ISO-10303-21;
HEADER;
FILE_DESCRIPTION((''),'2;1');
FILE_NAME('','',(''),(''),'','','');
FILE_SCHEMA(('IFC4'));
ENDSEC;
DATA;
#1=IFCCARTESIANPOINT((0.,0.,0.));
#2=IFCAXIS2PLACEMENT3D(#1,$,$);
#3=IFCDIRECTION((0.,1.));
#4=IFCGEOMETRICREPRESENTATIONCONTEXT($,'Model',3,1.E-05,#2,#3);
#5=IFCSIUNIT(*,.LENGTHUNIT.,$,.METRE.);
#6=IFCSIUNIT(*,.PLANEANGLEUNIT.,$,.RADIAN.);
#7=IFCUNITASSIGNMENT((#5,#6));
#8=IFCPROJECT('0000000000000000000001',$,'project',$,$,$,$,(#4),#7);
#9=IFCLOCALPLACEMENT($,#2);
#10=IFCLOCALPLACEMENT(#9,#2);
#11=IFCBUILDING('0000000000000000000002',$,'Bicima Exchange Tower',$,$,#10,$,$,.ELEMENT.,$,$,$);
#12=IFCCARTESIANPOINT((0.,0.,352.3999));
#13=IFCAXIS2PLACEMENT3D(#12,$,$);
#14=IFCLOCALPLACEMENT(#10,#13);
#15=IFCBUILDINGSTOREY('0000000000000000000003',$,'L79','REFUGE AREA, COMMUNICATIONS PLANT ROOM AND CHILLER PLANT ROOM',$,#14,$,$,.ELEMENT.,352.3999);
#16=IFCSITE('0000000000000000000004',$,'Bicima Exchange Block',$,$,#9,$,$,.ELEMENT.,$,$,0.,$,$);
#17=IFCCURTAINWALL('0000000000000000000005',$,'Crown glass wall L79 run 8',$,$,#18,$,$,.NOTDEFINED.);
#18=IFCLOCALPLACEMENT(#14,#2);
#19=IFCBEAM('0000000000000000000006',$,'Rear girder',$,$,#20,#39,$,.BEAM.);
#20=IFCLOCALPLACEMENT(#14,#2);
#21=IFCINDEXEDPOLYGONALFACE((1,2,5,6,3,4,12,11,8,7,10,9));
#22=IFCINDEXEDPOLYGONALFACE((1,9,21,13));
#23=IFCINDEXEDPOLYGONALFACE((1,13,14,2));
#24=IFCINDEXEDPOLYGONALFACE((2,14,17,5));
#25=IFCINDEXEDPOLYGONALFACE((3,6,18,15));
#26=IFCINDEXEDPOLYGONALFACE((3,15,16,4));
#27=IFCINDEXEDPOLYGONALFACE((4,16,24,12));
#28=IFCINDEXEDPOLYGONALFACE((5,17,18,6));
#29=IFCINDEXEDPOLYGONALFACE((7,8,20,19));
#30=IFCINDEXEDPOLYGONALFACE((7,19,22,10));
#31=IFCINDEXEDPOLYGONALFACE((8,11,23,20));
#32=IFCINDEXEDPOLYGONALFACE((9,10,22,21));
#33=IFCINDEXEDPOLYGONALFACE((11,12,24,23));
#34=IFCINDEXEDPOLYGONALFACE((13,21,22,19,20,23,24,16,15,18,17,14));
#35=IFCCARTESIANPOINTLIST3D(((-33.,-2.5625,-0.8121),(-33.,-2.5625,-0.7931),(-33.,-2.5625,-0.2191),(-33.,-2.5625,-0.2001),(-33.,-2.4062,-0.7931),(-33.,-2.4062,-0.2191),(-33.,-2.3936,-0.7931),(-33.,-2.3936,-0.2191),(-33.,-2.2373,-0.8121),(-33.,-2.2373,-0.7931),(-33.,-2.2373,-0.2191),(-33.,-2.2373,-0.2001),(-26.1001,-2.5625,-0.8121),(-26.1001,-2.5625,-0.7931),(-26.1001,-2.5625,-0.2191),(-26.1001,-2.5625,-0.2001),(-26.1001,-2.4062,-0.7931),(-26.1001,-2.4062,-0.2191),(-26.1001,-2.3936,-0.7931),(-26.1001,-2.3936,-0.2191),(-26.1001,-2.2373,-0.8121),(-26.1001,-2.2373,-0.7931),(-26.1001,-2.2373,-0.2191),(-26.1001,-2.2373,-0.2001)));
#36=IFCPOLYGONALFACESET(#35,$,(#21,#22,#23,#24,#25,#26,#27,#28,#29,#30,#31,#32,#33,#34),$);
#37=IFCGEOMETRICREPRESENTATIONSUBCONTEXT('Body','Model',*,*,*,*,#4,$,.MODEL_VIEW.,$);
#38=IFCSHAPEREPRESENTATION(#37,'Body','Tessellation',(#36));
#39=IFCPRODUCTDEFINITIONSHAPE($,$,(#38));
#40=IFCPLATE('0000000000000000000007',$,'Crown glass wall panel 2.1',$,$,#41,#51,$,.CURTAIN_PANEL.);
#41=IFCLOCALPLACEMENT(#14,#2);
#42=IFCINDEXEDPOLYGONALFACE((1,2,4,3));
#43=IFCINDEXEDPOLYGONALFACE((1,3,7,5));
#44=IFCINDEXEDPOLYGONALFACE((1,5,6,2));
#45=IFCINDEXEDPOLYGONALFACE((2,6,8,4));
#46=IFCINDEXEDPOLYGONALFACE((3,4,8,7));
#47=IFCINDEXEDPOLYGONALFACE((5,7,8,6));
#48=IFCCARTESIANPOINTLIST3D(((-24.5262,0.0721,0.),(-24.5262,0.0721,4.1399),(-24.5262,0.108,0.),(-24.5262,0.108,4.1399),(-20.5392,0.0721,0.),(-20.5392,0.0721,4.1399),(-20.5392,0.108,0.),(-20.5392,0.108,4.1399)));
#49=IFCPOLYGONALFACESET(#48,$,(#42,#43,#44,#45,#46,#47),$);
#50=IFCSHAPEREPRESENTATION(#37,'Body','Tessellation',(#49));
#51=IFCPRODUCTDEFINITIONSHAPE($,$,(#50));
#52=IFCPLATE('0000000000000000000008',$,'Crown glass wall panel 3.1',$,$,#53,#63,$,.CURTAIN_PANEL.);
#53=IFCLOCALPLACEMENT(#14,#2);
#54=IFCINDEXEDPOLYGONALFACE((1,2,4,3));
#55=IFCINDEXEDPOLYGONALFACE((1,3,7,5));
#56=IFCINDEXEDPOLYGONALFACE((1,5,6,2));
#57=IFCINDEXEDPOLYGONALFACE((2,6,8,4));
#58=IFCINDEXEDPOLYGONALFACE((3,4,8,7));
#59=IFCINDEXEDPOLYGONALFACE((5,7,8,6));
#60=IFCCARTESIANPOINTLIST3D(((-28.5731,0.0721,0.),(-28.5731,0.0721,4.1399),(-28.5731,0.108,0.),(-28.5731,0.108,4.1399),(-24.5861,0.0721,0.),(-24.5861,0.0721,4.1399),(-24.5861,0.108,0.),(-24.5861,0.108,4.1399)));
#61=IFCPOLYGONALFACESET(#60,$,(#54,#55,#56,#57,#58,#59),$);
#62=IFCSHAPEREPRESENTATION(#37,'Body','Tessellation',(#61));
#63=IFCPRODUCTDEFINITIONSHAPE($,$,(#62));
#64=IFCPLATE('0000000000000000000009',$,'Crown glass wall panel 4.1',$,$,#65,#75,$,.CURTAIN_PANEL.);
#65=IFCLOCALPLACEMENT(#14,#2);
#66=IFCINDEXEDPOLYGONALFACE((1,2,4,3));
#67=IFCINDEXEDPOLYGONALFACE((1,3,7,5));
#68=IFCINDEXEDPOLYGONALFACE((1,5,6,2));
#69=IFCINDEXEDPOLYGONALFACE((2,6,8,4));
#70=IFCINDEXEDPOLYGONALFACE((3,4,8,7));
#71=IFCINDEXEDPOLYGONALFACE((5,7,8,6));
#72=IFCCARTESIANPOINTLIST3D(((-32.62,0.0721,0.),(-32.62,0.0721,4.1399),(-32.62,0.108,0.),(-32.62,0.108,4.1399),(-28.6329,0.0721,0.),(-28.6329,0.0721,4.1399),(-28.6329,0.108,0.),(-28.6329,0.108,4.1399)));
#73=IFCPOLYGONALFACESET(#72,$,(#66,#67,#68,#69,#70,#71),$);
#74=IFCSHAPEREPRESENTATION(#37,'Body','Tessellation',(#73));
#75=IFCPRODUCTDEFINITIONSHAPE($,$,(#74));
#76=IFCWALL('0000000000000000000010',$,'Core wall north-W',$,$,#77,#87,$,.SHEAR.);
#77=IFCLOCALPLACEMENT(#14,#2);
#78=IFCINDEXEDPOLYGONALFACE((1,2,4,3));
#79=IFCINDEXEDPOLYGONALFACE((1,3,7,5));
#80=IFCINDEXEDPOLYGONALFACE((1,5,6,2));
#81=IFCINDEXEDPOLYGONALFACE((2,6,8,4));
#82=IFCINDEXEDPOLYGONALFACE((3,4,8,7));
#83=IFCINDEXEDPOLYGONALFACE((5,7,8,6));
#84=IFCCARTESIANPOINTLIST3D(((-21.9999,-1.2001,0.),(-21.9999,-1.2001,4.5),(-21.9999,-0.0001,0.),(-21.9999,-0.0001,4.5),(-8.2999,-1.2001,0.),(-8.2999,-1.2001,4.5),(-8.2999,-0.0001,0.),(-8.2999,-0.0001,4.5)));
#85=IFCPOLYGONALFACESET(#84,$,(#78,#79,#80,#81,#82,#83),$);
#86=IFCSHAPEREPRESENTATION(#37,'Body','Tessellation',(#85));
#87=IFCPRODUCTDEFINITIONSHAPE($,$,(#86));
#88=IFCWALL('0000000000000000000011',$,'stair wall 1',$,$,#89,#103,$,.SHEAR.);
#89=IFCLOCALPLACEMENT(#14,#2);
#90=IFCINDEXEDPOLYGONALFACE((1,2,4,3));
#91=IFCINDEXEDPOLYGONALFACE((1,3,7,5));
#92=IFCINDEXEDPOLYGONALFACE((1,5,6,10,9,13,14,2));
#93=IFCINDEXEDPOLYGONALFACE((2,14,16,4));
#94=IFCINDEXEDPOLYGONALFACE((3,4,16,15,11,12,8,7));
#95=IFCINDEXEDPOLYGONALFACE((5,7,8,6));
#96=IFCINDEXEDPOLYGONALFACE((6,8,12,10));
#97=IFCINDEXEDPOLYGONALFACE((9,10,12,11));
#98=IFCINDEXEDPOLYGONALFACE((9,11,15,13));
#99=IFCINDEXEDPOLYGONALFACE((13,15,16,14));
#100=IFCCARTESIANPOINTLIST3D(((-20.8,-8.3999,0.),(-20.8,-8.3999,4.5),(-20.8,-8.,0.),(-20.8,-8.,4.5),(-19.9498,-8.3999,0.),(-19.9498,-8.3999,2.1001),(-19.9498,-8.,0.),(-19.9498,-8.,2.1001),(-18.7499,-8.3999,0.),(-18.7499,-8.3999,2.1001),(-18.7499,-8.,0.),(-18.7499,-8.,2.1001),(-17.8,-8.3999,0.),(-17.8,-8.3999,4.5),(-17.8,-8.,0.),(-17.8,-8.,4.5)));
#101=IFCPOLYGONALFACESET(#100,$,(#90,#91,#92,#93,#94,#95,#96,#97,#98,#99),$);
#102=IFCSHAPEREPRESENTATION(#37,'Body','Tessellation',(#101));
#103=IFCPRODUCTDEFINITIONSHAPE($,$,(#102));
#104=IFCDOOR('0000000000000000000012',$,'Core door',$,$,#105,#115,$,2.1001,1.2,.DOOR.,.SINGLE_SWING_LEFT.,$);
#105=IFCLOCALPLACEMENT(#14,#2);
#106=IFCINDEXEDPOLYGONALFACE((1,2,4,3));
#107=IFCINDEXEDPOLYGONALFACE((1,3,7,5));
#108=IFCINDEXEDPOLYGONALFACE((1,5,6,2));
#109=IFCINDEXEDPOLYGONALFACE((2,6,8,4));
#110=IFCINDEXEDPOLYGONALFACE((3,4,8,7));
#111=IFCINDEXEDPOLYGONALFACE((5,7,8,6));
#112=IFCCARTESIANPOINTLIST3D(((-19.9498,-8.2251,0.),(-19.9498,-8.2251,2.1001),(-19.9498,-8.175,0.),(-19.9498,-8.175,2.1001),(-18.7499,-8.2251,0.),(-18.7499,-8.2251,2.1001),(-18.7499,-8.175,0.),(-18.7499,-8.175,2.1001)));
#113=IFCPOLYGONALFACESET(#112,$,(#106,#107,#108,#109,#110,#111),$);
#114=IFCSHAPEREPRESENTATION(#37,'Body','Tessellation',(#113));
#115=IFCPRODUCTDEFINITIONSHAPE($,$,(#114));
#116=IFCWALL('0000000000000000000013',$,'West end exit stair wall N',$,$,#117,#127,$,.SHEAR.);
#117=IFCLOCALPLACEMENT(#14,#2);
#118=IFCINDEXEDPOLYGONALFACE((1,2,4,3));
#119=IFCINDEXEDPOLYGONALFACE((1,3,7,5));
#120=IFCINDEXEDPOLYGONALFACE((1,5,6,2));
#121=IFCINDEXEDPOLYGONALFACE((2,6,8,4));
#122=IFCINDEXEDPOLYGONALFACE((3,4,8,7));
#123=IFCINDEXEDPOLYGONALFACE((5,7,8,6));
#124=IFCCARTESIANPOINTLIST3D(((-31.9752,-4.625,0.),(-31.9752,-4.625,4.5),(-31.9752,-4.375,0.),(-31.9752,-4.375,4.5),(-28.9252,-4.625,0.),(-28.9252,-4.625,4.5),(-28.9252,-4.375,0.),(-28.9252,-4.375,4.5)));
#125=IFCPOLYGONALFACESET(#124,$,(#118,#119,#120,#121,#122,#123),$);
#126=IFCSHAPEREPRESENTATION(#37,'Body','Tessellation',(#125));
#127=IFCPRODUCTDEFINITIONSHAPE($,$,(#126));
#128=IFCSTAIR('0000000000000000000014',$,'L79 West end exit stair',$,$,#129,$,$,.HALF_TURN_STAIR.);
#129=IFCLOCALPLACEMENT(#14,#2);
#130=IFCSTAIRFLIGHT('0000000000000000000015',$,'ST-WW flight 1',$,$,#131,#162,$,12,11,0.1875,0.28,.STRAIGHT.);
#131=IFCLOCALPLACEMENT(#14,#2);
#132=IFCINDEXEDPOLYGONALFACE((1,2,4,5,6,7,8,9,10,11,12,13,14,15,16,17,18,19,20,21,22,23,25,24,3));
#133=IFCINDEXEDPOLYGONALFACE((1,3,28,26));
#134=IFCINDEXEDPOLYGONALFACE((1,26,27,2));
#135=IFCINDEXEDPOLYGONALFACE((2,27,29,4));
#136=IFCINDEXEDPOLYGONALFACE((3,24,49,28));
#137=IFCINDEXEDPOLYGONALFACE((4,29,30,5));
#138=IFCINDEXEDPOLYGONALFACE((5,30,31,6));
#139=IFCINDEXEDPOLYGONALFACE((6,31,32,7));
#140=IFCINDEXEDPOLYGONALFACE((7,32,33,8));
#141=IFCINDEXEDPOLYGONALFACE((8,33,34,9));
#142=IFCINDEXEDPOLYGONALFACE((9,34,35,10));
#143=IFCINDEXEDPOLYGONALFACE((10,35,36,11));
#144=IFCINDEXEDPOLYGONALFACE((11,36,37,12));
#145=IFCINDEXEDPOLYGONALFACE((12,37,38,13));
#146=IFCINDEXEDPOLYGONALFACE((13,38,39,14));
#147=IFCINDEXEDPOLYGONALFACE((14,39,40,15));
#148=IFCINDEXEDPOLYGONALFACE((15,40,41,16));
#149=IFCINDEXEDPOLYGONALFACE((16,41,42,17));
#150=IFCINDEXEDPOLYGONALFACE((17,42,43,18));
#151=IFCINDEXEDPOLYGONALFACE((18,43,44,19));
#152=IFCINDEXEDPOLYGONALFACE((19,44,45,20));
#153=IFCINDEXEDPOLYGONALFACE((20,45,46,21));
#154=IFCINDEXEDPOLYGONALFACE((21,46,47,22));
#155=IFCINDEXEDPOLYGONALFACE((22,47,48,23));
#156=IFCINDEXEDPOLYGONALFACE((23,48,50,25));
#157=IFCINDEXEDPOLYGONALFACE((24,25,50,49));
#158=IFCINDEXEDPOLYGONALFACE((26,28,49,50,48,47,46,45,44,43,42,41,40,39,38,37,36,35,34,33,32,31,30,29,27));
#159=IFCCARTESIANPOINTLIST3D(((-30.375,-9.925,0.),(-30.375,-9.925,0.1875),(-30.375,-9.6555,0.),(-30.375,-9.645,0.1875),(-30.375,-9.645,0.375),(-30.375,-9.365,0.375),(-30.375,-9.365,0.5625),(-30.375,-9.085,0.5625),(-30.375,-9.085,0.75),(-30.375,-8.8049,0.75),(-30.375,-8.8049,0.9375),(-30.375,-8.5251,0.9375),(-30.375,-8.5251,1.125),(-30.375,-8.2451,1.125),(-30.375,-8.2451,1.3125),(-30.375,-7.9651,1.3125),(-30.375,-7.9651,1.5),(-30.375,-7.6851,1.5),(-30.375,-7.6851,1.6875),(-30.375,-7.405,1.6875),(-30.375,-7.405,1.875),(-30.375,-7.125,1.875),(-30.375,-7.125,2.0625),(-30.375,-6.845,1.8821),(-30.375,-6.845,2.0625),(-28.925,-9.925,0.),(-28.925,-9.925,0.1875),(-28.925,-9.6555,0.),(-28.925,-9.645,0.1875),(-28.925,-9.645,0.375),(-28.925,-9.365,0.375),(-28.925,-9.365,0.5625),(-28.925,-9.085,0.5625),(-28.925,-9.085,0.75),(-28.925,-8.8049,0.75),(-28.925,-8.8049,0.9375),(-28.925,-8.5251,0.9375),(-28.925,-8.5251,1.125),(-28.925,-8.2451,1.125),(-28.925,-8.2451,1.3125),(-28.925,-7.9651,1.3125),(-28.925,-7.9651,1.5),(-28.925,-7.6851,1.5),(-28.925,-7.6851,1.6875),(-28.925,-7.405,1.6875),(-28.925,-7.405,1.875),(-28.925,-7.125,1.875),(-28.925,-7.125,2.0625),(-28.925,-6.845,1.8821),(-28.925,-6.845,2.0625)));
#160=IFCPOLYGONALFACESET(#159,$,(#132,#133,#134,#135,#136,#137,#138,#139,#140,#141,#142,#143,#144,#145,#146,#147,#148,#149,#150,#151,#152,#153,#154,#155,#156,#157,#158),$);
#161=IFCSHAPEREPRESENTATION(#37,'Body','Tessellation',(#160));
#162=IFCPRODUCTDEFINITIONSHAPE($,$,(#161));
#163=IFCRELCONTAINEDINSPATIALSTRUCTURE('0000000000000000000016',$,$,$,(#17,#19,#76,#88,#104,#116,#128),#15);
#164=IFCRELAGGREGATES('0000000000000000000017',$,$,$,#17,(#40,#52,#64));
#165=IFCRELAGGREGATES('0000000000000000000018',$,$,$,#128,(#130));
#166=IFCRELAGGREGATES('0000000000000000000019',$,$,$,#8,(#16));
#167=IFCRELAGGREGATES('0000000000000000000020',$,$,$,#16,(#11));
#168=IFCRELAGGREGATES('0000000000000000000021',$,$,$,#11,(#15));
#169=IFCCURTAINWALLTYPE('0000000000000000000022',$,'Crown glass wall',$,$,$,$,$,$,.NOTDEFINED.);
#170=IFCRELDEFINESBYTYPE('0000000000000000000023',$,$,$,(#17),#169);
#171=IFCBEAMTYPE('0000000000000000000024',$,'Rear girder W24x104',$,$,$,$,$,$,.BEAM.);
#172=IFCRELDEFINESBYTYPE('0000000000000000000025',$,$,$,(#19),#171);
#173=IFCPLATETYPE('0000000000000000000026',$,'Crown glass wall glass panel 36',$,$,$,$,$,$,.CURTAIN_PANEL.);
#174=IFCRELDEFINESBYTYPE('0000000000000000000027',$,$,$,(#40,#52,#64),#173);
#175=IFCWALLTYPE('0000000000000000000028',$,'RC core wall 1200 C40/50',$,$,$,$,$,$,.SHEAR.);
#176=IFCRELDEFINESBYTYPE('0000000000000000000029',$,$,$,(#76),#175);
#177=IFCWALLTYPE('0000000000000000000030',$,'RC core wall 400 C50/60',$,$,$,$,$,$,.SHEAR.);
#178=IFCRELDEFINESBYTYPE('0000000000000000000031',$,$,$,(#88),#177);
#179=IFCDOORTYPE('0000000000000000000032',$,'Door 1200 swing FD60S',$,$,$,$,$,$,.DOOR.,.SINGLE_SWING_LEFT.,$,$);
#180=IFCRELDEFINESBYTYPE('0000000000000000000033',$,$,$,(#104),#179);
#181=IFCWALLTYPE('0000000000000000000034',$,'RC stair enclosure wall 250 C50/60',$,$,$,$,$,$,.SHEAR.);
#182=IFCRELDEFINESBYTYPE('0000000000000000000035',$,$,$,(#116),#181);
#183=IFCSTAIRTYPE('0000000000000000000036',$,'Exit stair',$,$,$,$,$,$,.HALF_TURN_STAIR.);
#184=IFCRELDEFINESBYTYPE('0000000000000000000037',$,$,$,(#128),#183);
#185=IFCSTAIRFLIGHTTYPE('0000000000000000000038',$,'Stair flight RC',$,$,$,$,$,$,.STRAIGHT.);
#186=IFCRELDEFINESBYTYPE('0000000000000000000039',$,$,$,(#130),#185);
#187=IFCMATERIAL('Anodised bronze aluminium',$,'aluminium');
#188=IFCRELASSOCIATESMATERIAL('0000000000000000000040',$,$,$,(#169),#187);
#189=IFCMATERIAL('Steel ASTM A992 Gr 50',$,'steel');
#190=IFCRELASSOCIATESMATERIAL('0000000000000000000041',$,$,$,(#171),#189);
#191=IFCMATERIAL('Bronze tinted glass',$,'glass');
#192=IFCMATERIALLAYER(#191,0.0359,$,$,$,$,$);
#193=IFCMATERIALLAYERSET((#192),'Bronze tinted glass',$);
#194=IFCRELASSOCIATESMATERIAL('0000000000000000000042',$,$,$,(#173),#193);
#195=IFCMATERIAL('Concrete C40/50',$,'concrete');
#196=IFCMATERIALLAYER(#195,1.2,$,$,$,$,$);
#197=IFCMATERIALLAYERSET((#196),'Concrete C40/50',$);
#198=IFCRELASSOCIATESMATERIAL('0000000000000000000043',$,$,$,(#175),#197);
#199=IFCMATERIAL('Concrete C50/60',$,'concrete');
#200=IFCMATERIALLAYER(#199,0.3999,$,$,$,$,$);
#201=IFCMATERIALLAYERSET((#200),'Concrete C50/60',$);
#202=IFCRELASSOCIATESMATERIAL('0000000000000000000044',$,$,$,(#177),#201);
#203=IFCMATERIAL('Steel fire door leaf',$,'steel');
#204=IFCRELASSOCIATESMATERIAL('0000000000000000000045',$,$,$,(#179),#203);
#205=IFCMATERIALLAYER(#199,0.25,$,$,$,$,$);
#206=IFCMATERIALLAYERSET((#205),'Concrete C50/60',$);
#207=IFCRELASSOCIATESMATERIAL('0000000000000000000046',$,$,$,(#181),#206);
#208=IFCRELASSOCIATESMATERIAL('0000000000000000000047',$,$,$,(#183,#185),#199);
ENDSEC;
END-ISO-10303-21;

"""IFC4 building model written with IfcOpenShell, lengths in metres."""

from ifc_helpers import new_model, si_unit, direction, frame, frame_2d, origin, origin_2d, place, context, subcontext, project, spatial, polyline, rectangle, i_section, outline, extrude, material, layer, layer_set, material_profile, profile_set, type_object, element, fill, aggregate, save


model = new_model("IFC4")

# Units and contexts
model_context = context("Model", 3, precision=1e-05, world=origin(), true_north=direction((0.0, 1.0)))
body_context = subcontext(model_context, "Body", "Model", "MODEL_VIEW")
ifc_project = project(units=[si_unit("LENGTHUNIT", "METRE"), si_unit("PLANEANGLEUNIT", "RADIAN")], contexts=[model_context])

# Site, building, storey
site_placement = place(None, origin())
site = spatial("IfcSite", under=ifc_project, at=site_placement, Name="Bicima Exchange Block", CompositionType="ELEMENT", RefElevation=0.0)
building_placement = place(site_placement, origin())
building = spatial("IfcBuilding", under=site, at=building_placement, Name="Bicima Exchange Tower", CompositionType="ELEMENT")
storey_placement = place(building_placement, frame((0.0, 0.0, 352.3999)))
storey = spatial("IfcBuildingStorey", under=building, at=storey_placement, Name="L79", Description="REFUGE AREA, COMMUNICATIONS PLANT ROOM AND CHILLER PLANT ROOM", CompositionType="ELEMENT", Elevation=352.3999)

# Shared definitions
ifc_material_1 = material(Name="Steel ASTM A992 Gr 50", Category="steel")

# Curtain wall
ifc_material_2 = material(Name="Anodised bronze aluminium", Category="aluminium")
curtain_wall_type = type_object("IfcCurtainWallType", Name="Crown glass wall", PredefinedType="NOTDEFINED", material=ifc_material_2)
curtain_wall_placement = place(storey_placement, origin())
curtain_wall = element("IfcCurtainWall", 1, at=curtain_wall_placement, inside=storey, type_object=curtain_wall_type, Name="Crown glass wall L79 run 8", PredefinedType="NOTDEFINED")

# Beam
ifc_material_profile_1 = material_profile(ifc_material_1, i_section(OverallWidth=0.3252, OverallDepth=0.6121, WebThickness=0.0127, FlangeThickness=0.019, at=origin_2d()))
ifc_profile_set_1 = profile_set([ifc_material_profile_1], Name="Steel ASTM A992 Gr 50")
beam_type_1 = type_object("IfcBeamType", Name="Rear girder W24x104", PredefinedType="BEAM", material=ifc_profile_set_1)
beam_1_placement = place(storey_placement, frame((-26.1001, -2.3999, -0.5061), z_axis=(-1.0, 0.0, 0.0), x_axis=(0.0, -1.0, 0.0)))
element("IfcBeam", 2, at=beam_1_placement, inside=storey, type_object=beam_type_1, Name="Rear girder", PredefinedType="BEAM", context=body_context, shape_type="SweptSolid", body=[
    extrude(i_section(OverallWidth=0.3252, OverallDepth=0.6121, WebThickness=0.0127, FlangeThickness=0.019, at=origin_2d()), origin(), (0.0, 0.0, 1.0), 6.8999),
])

# Plates
ifc_material_3 = material(Name="Bronze tinted glass", Category="glass")
ifc_layer_1 = layer(ifc_material_3, 0.0359)
ifc_layer_set_1 = layer_set([ifc_layer_1], Name="Bronze tinted glass")
plate_type = type_object("IfcPlateType", Name="Crown glass wall glass panel 36", PredefinedType="CURTAIN_PANEL", material=ifc_layer_set_1)
plate_1_placement = place(storey_placement, frame((-22.5327, 0.0901, 0.0), z_axis=(0.0, 0.0, 1.0), x_axis=(-1.0, 0.0, 0.0)))
plate_1 = element("IfcPlate", 3, at=plate_1_placement, type_object=plate_type, Name="Crown glass wall panel 2.1", PredefinedType="CURTAIN_PANEL", context=body_context, shape_type="SweptSolid", body=[
    extrude(rectangle(XDim=3.9871, YDim=0.0359, at=origin_2d()), origin(), (0.0, 0.0, 1.0), 4.1399),
])
plate_2_placement = place(storey_placement, frame((-26.5796, 0.0901, 0.0), z_axis=(0.0, 0.0, 1.0), x_axis=(-1.0, 0.0, 0.0)))
plate_2 = element("IfcPlate", 4, at=plate_2_placement, type_object=plate_type, Name="Crown glass wall panel 3.1", PredefinedType="CURTAIN_PANEL", context=body_context, shape_type="SweptSolid", body=[
    extrude(rectangle(XDim=3.9871, YDim=0.0359, at=origin_2d()), origin(), (0.0, 0.0, 1.0), 4.1399),
])
plate_3_placement = place(storey_placement, frame((-30.6265, 0.0901, 0.0), z_axis=(0.0, 0.0, 1.0), x_axis=(-1.0, 0.0, 0.0)))
plate_3 = element("IfcPlate", 5, at=plate_3_placement, type_object=plate_type, Name="Crown glass wall panel 4.1", PredefinedType="CURTAIN_PANEL", context=body_context, shape_type="SweptSolid", body=[
    extrude(rectangle(XDim=3.9871, YDim=0.0359, at=origin_2d()), origin(), (0.0, 0.0, 1.0), 4.1399),
])
aggregate(curtain_wall, [plate_1, plate_2, plate_3])

# Wall
ifc_material_4 = material(Name="Concrete C40/50", Category="concrete")
ifc_layer_2 = layer(ifc_material_4, 1.2)
ifc_layer_set_2 = layer_set([ifc_layer_2], Name="Concrete C40/50")
wall_type_1 = type_object("IfcWallType", Name="RC core wall 1200 C40/50", PredefinedType="SHEAR", material=ifc_layer_set_2)
wall_1_placement = place(storey_placement, frame((-22.0, -0.6001, 0.0), z_axis=(0.0, 0.0, 1.0), x_axis=(1.0, 0.0, 0.0)))
element("IfcWall", 6, at=wall_1_placement, inside=storey, type_object=wall_type_1, Name="Core wall north-W", PredefinedType="SHEAR", context=body_context, shape_type="SweptSolid", body=[
    extrude(rectangle(XDim=13.7, YDim=1.2, at=frame_2d((6.8501, 0.0))), origin(), (0.0, 0.0, 1.0), 4.5),
])

# Wall, opening, door
ifc_material_5 = material(Name="Concrete C50/60", Category="concrete")
ifc_layer_3 = layer(ifc_material_5, 0.3999)
ifc_layer_set_3 = layer_set([ifc_layer_3], Name="Concrete C50/60")
wall_type_2 = type_object("IfcWallType", Name="RC core wall 400 C50/60", PredefinedType="SHEAR", material=ifc_layer_set_3)
wall_2_placement = place(storey_placement, frame((-20.8, -8.2, 0.0), z_axis=(0.0, 0.0, 1.0), x_axis=(1.0, 0.0, 0.0)))
wall_2 = element("IfcWall", 7, at=wall_2_placement, inside=storey, type_object=wall_type_2, Name="stair wall 1", PredefinedType="SHEAR", context=body_context, shape_type="SweptSolid", body=[
    extrude(rectangle(XDim=3.0, YDim=0.3999, at=frame_2d((1.5, 0.0))), origin(), (0.0, 0.0, 1.0), 4.5),
])
opening_placement = place(wall_2_placement, frame((0.8501, 0.0, 0.0)))
opening = element("IfcOpeningElement", 8, at=opening_placement, cuts=wall_2, PredefinedType="OPENING", context=body_context, shape_type="SweptSolid", body=[
    extrude(rectangle(XDim=1.2, YDim=2.1001, at=frame_2d((0.6001, 1.05))), frame((0.0, 0.2119, 0.0), z_axis=(0.0, -1.0, 0.0), x_axis=(1.0, 0.0, 0.0)), (0.0, 0.0, 1.0), 0.4238),
])
ifc_material_6 = material(Name="Steel fire door leaf", Category="steel")
door_type = type_object("IfcDoorType", Name="Door 1200 swing FD60S", OperationType="SINGLE_SWING_LEFT", PredefinedType="DOOR", material=ifc_material_6)
door_placement = place(opening_placement, origin())
door = element("IfcDoor", 9, at=door_placement, inside=storey, type_object=door_type, Name="Core door", OperationType="SINGLE_SWING_LEFT", OverallHeight=2.1001, OverallWidth=1.2, PredefinedType="DOOR", context=body_context, shape_type="SweptSolid", body=[
    extrude(rectangle(XDim=1.2, YDim=2.1001, at=frame_2d((0.6001, 1.05))), frame((0.0, 0.0249, 0.0), z_axis=(0.0, -1.0, 0.0), x_axis=(1.0, 0.0, 0.0)), (0.0, 0.0, 1.0), 0.05),
])
fill(opening, door)

# Wall
ifc_layer_4 = layer(ifc_material_5, 0.25)
ifc_layer_set_4 = layer_set([ifc_layer_4], Name="Concrete C50/60")
wall_type_3 = type_object("IfcWallType", Name="RC stair enclosure wall 250 C50/60", PredefinedType="SHEAR", material=ifc_layer_set_4)
wall_3_placement = place(storey_placement, frame((-31.9751, -4.5, 0.0), z_axis=(0.0, 0.0, 1.0), x_axis=(1.0, 0.0, 0.0)))
element("IfcWall", 10, at=wall_3_placement, inside=storey, type_object=wall_type_3, Name="West end exit stair wall N", PredefinedType="SHEAR", context=body_context, shape_type="SweptSolid", body=[
    extrude(rectangle(XDim=3.05, YDim=0.25, at=frame_2d((1.5249, 0.0))), origin(), (0.0, 0.0, 1.0), 4.5),
])

# Stair, stair flight
stair_type = type_object("IfcStairType", Name="Exit stair", PredefinedType="HALF_TURN_STAIR", material=ifc_material_5)
stair_placement = place(storey_placement, origin())
stair = element("IfcStair", 11, at=stair_placement, inside=storey, type_object=stair_type, Name="L79 West end exit stair", PredefinedType="HALF_TURN_STAIR")
stair_flight_type = type_object("IfcStairFlightType", Name="Stair flight RC", PredefinedType="STRAIGHT", material=ifc_material_5)
stair_flight_1_placement = place(storey_placement, frame((-29.6499, -9.925, 0.0), z_axis=(0.0, 0.0, 1.0), x_axis=(0.0, 1.0, 0.0)))
stair_flight_1 = element("IfcStairFlight", 12, at=stair_flight_1_placement, type_object=stair_flight_type, Name="ST-WW flight 1", NumberOfRisers=12, NumberOfTreads=11, PredefinedType="STRAIGHT", RiserHeight=0.1875, TreadLength=0.28, context=body_context, shape_type="SweptSolid", body=[
    extrude(outline(polyline([(0.0, 0.0), (0.0, 0.1875), (0.28, 0.1875), (0.28, 0.375), (0.5601, 0.375), (0.5601, 0.5625), (0.8401, 0.5625), (0.8401, 0.75), (1.1201, 0.75), (1.1201, 0.9375), (1.3999, 0.9375), (1.3999, 1.125), (1.6799, 1.125), (1.6799, 1.3125), (1.96, 1.3125), (1.96, 1.5), (2.24, 1.5), (2.24, 1.6875), (2.52, 1.6875), (2.52, 1.875), (2.8, 1.875), (2.8, 2.0625), (3.0801, 2.0625), (3.0801, 2.25), (3.0801, 1.8821), (0.2695, 0.0), (0.0, 0.0)])), frame((0.0, 0.7251, 0.0), z_axis=(0.0, -1.0, 0.0), x_axis=(1.0, 0.0, 0.0)), (0.0, 0.0, 1.0), 1.45),
])
aggregate(stair, [stair_flight_1])

save(model, "model.ifc")
